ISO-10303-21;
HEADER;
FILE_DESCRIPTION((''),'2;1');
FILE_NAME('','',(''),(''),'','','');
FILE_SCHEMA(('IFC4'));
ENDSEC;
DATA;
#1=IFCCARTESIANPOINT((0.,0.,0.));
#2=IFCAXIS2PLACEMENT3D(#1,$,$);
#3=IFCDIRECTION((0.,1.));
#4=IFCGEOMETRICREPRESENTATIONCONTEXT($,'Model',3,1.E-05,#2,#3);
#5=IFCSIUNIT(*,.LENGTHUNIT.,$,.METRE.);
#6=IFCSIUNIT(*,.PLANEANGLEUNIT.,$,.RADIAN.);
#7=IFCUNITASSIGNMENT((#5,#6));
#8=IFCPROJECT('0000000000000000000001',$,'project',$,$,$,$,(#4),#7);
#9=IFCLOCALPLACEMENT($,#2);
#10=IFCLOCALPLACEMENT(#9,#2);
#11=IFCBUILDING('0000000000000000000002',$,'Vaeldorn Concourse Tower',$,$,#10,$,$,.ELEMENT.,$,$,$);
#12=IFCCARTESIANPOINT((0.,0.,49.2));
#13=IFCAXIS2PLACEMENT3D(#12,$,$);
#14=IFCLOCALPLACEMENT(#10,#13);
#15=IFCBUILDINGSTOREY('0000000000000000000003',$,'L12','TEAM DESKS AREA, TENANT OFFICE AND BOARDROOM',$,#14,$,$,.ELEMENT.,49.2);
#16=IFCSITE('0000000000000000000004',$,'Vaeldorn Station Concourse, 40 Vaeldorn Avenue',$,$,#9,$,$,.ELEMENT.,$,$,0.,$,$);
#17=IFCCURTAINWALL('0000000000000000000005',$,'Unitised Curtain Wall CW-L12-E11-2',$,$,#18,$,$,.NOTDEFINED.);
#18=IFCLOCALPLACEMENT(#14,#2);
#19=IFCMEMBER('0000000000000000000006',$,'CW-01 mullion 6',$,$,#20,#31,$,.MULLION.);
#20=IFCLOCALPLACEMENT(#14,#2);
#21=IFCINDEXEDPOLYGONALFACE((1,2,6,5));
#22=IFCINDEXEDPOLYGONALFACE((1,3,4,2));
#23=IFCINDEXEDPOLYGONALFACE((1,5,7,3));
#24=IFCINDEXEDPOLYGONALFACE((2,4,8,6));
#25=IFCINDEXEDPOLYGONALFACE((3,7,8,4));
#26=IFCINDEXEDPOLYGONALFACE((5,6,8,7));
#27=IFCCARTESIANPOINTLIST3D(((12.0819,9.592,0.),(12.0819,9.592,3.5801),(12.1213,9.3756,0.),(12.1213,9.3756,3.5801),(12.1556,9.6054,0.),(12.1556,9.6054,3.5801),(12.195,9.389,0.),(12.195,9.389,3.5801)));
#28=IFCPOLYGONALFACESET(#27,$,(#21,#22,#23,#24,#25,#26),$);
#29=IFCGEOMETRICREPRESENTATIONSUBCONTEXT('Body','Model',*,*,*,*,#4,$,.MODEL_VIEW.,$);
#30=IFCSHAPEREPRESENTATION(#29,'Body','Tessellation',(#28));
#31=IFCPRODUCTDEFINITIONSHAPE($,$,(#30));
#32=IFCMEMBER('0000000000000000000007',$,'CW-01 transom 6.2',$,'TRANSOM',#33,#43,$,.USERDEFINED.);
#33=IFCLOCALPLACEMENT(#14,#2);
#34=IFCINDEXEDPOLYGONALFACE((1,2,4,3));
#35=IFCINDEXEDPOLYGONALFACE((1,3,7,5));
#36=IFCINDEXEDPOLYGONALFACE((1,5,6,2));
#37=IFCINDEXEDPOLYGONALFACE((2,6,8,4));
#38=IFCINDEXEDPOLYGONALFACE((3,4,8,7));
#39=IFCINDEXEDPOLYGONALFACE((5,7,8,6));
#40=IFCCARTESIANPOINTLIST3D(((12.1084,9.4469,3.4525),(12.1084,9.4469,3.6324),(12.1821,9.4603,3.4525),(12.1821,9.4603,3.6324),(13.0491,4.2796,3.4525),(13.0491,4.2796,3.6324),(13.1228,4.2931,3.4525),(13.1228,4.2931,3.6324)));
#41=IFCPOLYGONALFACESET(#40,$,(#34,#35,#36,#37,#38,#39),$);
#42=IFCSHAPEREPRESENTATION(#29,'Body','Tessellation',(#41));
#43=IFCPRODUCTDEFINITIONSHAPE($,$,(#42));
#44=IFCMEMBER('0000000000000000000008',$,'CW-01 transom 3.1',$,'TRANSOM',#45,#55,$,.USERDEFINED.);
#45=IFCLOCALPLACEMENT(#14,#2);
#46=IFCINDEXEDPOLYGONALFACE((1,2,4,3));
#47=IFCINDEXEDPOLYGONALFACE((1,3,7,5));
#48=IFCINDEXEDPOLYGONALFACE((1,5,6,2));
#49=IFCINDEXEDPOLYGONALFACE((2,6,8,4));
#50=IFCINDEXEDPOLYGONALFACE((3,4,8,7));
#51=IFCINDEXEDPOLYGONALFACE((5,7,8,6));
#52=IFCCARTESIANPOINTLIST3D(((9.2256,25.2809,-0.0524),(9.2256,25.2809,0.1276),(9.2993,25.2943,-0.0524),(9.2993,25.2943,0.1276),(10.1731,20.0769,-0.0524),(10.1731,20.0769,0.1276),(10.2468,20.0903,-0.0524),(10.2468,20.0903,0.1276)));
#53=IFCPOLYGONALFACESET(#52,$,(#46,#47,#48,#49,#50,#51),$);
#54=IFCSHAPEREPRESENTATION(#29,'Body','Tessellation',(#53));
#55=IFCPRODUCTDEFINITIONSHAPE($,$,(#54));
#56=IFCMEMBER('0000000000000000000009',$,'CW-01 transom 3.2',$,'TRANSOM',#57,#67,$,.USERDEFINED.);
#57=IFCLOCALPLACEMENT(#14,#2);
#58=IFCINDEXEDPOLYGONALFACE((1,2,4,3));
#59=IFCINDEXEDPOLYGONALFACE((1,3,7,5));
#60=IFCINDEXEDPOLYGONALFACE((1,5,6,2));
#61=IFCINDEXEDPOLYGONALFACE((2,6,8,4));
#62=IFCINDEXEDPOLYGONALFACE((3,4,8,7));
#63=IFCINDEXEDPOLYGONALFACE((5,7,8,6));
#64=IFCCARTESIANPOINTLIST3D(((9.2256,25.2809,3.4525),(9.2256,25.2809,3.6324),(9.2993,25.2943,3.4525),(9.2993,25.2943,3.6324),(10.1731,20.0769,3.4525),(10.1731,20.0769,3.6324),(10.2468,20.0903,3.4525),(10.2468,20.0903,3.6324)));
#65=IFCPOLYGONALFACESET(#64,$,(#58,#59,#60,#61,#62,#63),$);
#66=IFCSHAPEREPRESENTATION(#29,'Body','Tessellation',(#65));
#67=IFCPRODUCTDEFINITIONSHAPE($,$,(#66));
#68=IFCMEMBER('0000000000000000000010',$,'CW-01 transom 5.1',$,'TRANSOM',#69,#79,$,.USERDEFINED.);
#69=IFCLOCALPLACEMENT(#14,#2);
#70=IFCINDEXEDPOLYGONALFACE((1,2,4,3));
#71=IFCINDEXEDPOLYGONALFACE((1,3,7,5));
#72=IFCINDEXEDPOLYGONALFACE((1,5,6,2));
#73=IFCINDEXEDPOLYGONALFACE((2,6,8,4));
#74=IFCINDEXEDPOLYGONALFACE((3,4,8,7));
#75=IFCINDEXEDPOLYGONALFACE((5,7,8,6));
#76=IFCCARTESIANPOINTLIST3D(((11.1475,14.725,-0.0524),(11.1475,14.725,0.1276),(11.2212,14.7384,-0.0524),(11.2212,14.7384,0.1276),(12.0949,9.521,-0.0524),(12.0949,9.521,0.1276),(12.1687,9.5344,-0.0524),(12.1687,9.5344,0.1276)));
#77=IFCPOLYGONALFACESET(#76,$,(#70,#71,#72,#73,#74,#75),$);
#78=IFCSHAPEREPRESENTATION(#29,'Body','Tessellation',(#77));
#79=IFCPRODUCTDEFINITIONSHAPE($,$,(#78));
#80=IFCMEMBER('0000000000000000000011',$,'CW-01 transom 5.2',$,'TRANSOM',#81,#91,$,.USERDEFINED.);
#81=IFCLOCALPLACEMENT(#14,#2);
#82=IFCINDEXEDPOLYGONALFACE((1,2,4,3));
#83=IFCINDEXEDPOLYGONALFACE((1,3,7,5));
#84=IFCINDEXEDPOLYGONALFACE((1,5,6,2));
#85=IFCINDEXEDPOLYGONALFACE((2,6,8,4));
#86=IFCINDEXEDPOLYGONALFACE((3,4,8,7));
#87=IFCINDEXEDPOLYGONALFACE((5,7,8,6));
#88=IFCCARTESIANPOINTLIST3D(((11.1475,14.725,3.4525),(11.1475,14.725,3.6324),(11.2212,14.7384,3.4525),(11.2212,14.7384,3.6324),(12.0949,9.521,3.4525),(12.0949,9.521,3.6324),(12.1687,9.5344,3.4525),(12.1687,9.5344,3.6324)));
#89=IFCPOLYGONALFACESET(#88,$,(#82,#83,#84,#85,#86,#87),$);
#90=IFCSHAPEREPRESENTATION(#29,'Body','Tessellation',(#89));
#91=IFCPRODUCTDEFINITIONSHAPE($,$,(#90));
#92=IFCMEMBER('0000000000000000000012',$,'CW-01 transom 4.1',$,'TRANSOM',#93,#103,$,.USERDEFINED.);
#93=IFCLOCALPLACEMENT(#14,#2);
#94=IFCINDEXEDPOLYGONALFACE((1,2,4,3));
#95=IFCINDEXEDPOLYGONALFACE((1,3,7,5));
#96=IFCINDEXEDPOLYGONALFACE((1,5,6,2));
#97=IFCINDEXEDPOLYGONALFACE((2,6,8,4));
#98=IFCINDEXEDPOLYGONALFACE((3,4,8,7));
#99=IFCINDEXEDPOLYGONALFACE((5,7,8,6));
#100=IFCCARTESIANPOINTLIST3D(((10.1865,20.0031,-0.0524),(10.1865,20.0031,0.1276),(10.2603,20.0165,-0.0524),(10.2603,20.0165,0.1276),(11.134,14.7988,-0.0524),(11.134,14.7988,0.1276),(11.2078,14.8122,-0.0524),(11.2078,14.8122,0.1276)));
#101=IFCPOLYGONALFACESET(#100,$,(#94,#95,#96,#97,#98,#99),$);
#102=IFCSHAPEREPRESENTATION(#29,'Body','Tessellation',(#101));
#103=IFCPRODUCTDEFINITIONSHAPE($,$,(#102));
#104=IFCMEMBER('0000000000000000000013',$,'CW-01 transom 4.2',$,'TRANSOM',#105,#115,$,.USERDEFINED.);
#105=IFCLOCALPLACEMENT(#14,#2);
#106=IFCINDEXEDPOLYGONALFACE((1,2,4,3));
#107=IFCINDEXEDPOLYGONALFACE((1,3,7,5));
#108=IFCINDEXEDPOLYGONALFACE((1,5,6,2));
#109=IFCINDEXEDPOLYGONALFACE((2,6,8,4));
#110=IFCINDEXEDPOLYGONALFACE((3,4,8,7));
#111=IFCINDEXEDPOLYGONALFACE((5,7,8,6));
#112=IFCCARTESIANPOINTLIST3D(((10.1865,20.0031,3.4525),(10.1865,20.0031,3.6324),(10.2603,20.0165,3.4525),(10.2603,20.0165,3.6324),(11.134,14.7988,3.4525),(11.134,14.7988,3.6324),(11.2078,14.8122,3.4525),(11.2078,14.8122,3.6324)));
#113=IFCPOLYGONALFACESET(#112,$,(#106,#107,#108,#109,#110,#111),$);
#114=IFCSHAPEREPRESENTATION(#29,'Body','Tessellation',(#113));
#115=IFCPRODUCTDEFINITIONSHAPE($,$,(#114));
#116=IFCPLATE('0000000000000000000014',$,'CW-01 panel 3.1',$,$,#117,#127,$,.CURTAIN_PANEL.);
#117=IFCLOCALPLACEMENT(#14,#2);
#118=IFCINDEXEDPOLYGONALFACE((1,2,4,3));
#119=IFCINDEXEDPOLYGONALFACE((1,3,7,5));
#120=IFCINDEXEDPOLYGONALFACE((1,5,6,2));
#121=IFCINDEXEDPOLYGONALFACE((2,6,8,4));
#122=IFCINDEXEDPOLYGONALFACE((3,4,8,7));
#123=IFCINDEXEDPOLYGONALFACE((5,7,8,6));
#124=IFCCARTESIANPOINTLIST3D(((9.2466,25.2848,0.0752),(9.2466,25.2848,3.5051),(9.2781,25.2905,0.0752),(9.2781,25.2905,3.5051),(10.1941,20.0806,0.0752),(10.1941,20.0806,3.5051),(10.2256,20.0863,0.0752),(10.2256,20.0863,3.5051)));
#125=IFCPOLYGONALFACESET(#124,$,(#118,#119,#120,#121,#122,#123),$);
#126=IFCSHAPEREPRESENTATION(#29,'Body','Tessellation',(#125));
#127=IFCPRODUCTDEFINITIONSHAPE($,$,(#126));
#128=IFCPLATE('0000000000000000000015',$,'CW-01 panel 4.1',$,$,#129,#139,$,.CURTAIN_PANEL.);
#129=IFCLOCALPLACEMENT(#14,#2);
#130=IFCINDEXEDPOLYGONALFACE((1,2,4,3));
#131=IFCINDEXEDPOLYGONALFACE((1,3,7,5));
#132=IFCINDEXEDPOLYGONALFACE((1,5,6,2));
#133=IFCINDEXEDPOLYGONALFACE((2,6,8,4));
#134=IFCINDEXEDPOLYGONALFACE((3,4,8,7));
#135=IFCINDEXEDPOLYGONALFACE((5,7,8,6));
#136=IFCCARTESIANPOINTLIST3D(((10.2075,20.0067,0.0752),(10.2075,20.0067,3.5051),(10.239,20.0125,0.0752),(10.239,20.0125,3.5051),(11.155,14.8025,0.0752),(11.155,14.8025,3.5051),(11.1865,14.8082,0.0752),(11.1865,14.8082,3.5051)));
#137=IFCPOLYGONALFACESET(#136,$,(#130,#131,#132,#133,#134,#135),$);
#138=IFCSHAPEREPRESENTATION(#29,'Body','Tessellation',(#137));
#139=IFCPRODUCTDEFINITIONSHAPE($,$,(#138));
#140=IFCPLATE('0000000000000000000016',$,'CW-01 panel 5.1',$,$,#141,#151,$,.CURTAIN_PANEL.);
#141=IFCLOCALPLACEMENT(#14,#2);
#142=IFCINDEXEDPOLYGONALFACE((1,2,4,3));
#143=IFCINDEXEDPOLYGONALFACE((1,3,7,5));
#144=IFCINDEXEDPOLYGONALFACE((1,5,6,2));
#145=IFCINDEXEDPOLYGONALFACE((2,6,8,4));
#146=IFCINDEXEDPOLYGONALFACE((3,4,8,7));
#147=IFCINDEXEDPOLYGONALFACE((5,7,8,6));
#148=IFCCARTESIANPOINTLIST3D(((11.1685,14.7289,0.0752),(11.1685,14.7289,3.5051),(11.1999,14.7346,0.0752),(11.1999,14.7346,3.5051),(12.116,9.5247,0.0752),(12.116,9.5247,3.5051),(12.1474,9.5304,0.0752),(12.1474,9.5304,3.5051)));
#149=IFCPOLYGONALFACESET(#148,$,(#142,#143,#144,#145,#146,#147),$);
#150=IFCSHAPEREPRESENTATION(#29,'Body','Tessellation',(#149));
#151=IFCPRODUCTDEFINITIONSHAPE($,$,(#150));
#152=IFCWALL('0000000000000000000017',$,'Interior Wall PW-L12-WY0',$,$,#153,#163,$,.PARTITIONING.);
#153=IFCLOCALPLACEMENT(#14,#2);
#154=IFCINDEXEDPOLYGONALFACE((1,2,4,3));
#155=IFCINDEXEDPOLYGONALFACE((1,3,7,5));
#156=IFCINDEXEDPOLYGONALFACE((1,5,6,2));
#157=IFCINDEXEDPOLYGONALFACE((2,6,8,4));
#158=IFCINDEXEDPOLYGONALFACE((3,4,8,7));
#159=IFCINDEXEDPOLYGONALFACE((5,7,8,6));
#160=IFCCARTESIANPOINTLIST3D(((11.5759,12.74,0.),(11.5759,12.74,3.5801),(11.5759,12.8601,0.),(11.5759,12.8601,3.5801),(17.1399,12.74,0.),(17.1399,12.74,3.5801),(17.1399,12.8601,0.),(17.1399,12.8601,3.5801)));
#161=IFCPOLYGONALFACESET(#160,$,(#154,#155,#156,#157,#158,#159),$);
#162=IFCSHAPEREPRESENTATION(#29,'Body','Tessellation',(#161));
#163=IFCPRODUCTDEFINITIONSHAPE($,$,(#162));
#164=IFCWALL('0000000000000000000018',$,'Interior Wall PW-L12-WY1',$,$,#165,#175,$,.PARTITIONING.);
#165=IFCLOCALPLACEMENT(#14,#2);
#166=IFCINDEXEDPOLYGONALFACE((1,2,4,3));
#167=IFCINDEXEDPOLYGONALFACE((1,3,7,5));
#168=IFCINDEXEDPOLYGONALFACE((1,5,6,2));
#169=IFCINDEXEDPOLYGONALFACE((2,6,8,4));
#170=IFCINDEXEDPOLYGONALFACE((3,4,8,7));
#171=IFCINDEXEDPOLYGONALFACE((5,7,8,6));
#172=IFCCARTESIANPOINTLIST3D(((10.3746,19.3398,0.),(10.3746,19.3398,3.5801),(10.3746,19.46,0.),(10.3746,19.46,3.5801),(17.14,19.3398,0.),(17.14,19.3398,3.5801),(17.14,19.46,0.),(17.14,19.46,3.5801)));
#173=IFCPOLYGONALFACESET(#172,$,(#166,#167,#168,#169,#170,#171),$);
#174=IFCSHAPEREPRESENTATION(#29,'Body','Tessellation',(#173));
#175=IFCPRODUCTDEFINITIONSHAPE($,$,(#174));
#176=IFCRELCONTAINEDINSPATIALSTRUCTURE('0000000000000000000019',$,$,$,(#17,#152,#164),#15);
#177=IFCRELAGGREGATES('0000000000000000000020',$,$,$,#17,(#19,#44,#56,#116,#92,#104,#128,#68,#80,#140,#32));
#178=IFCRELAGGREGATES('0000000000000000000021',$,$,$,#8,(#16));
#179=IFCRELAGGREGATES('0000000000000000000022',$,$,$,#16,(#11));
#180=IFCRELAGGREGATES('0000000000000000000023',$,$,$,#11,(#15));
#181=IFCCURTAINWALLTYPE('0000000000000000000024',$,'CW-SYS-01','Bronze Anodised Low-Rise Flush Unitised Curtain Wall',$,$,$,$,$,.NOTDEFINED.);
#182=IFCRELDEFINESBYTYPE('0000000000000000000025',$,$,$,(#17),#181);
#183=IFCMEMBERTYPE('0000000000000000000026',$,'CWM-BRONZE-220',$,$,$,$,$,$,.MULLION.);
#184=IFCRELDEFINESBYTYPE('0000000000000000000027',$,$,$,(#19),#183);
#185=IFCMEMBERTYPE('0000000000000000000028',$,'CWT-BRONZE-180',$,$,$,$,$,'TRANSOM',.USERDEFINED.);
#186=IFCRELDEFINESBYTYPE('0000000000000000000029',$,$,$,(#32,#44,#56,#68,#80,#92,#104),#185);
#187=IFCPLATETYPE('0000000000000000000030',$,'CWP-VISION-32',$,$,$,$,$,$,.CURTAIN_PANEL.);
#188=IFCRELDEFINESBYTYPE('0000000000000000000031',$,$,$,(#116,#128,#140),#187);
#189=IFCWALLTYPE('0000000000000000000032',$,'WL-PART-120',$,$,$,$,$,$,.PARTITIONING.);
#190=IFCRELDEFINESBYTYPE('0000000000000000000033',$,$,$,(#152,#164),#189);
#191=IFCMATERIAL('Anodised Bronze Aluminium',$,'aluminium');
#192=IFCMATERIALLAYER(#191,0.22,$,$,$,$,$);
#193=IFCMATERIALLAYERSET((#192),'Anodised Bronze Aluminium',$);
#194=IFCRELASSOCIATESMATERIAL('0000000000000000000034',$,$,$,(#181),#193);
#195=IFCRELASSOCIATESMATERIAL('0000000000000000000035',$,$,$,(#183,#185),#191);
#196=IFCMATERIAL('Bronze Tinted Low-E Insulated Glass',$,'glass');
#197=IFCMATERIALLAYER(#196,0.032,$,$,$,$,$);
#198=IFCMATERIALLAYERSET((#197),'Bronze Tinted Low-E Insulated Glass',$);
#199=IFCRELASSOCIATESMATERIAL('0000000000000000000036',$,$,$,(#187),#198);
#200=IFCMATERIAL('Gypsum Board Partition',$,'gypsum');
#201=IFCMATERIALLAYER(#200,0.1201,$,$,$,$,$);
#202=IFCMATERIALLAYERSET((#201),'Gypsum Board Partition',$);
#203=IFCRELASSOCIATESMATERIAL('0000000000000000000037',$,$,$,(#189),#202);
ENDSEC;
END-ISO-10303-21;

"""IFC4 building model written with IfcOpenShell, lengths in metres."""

from ifc_helpers import new_model, si_unit, direction, frame, frame_2d, origin, origin_2d, place, context, subcontext, project, spatial, rectangle, extrude, source, transform, mapped, material, layer, layer_set, material_profile, profile_set, type_object, element, aggregate, save


model = new_model("IFC4")

# Units and contexts
model_context = context("Model", 3, precision=1e-05, world=origin(), true_north=direction((0.0, 1.0)))
body_context = subcontext(model_context, "Body", "Model", "MODEL_VIEW")
ifc_project = project(units=[si_unit("LENGTHUNIT", "METRE"), si_unit("PLANEANGLEUNIT", "RADIAN")], contexts=[model_context])

# Site, building, storey
site_placement = place(None, origin())
site = spatial("IfcSite", under=ifc_project, at=site_placement, Name="Vaeldorn Station Concourse, 40 Vaeldorn Avenue", CompositionType="ELEMENT", RefElevation=0.0)
building_placement = place(site_placement, origin())
building = spatial("IfcBuilding", under=site, at=building_placement, Name="Vaeldorn Concourse Tower", CompositionType="ELEMENT")
storey_placement = place(building_placement, frame((0.0, 0.0, 49.2)))
storey = spatial("IfcBuildingStorey", under=building, at=storey_placement, Name="L12", Description="TEAM DESKS AREA, TENANT OFFICE AND BOARDROOM", CompositionType="ELEMENT", Elevation=49.2)

# Curtain wall, members, plates
ifc_material_1 = material(Name="Anodised Bronze Aluminium", Category="aluminium")
ifc_layer_1 = layer(ifc_material_1, 0.22)
ifc_layer_set_1 = layer_set([ifc_layer_1], Name="Anodised Bronze Aluminium")
curtain_wall_type = type_object("IfcCurtainWallType", Name="CW-SYS-01", Description="Bronze Anodised Low-Rise Flush Unitised Curtain Wall", PredefinedType="NOTDEFINED", material=ifc_layer_set_1)
curtain_wall_placement = place(storey_placement, origin())
curtain_wall = element("IfcCurtainWall", 1, at=curtain_wall_placement, inside=storey, type_object=curtain_wall_type, Name="Unitised Curtain Wall CW-L12-E11-2", PredefinedType="NOTDEFINED")
ifc_material_profile_1 = material_profile(ifc_material_1, rectangle(XDim=0.075, YDim=0.22, at=origin_2d()), Name="CWM 75x220")
ifc_profile_set_1 = profile_set([ifc_material_profile_1], Name="Anodised Bronze Aluminium")
member_type_1 = type_object("IfcMemberType", Name="CWM-BRONZE-220", PredefinedType="MULLION", material=ifc_profile_set_1)
shared_shape_1 = source(origin(), body_context, "Body", "SweptSolid", [
    extrude(rectangle(XDim=0.075, YDim=0.22, at=origin_2d()), origin(), (0.0, 0.0, 1.0), 3.5801),
])
member_1_placement = place(storey_placement, frame((12.1384, 9.4905, 0.0), z_axis=(0.0, 0.0, 1.0), x_axis=(0.983828, 0.179117, 0.0)))
member_1 = element("IfcMember", 2, at=member_1_placement, type_object=member_type_1, Name="CW-01 mullion 6", PredefinedType="MULLION", context=body_context, shape_type="MappedRepresentation", body=[
    mapped(shared_shape_1, transform((0.0, 0.0, 0.0), scale=1.0)),
])
ifc_material_profile_2 = material_profile(ifc_material_1, rectangle(XDim=0.075, YDim=0.1799, at=origin_2d()), Name="CWT 75x180")
ifc_profile_set_2 = profile_set([ifc_material_profile_2], Name="Anodised Bronze Aluminium")
member_type_2 = type_object("IfcMemberType", Name="CWT-BRONZE-180", ElementType="TRANSOM", PredefinedType="USERDEFINED", material=ifc_profile_set_2)
shared_shape_2 = source(origin(), body_context, "Body", "SweptSolid", [
    extrude(rectangle(XDim=0.075, YDim=0.1799, at=origin_2d()), origin(), (0.0, 0.0, 1.0), 5.2522),
])
member_2_placement = place(storey_placement, frame((12.1453, 9.4536, 3.5425), z_axis=(0.179102, -0.98383, 0.0), x_axis=(0.98383, 0.179102, 0.0)))
member_2 = element("IfcMember", 3, at=member_2_placement, type_object=member_type_2, Name="CW-01 transom 6.2", ObjectType="TRANSOM", PredefinedType="USERDEFINED", context=body_context, shape_type="MappedRepresentation", body=[
    mapped(shared_shape_2, transform((0.0, 0.0, 0.0), scale=1.0)),
])
shared_shape_3 = source(origin(), body_context, "Body", "SweptSolid", [
    extrude(rectangle(XDim=0.075, YDim=0.1799, at=origin_2d()), origin(), (0.0, 0.0, 1.0), 5.2896),
])
member_3_placement = place(storey_placement, frame((9.2625, 25.2876, 0.0376), z_axis=(0.179125, -0.983826, 0.0), x_axis=(0.983826, 0.179125, 0.0)))
member_3 = element("IfcMember", 4, at=member_3_placement, type_object=member_type_2, Name="CW-01 transom 3.1", ObjectType="TRANSOM", PredefinedType="USERDEFINED", context=body_context, shape_type="MappedRepresentation", body=[
    mapped(shared_shape_3, transform((0.0, 0.0, 0.0), scale=1.0)),
])
member_4_placement = place(storey_placement, frame((9.2625, 25.2876, 3.5425), z_axis=(0.179125, -0.983826, 0.0), x_axis=(0.983826, 0.179125, 0.0)))
member_4 = element("IfcMember", 5, at=member_4_placement, type_object=member_type_2, Name="CW-01 transom 3.2", ObjectType="TRANSOM", PredefinedType="USERDEFINED", context=body_context, shape_type="MappedRepresentation", body=[
    mapped(shared_shape_3, transform((0.0, 0.0, 0.0), scale=1.0)),
])
member_5_placement = place(storey_placement, frame((11.1843, 14.7317, 0.0376), z_axis=(0.179125, -0.983826, 0.0), x_axis=(0.983826, 0.179125, 0.0)))
member_5 = element("IfcMember", 6, at=member_5_placement, type_object=member_type_2, Name="CW-01 transom 5.1", ObjectType="TRANSOM", PredefinedType="USERDEFINED", context=body_context, shape_type="MappedRepresentation", body=[
    mapped(shared_shape_3, transform((0.0, 0.0, 0.0), scale=1.0)),
])
member_6_placement = place(storey_placement, frame((11.1843, 14.7317, 3.5425), z_axis=(0.179125, -0.983826, 0.0), x_axis=(0.983826, 0.179125, 0.0)))
member_6 = element("IfcMember", 7, at=member_6_placement, type_object=member_type_2, Name="CW-01 transom 5.2", ObjectType="TRANSOM", PredefinedType="USERDEFINED", context=body_context, shape_type="MappedRepresentation", body=[
    mapped(shared_shape_3, transform((0.0, 0.0, 0.0), scale=1.0)),
])
shared_shape_4 = source(origin(), body_context, "Body", "SweptSolid", [
    extrude(rectangle(XDim=0.075, YDim=0.1799, at=origin_2d()), origin(), (0.0, 0.0, 1.0), 5.2898),
])
member_7_placement = place(storey_placement, frame((10.2234, 20.0098, 0.0376), z_axis=(0.179117, -0.983828, 0.0), x_axis=(0.983828, 0.179117, 0.0)))
member_7 = element("IfcMember", 8, at=member_7_placement, type_object=member_type_2, Name="CW-01 transom 4.1", ObjectType="TRANSOM", PredefinedType="USERDEFINED", context=body_context, shape_type="MappedRepresentation", body=[
    mapped(shared_shape_4, transform((0.0, 0.0, 0.0), scale=1.0)),
])
member_8_placement = place(storey_placement, frame((10.2234, 20.0098, 3.5425), z_axis=(0.179117, -0.983828, 0.0), x_axis=(0.983828, 0.179117, 0.0)))
member_8 = element("IfcMember", 9, at=member_8_placement, type_object=member_type_2, Name="CW-01 transom 4.2", ObjectType="TRANSOM", PredefinedType="USERDEFINED", context=body_context, shape_type="MappedRepresentation", body=[
    mapped(shared_shape_4, transform((0.0, 0.0, 0.0), scale=1.0)),
])
ifc_material_2 = material(Name="Bronze Tinted Low-E Insulated Glass", Category="glass")
ifc_layer_2 = layer(ifc_material_2, 0.032)
ifc_layer_set_2 = layer_set([ifc_layer_2], Name="Bronze Tinted Low-E Insulated Glass")
plate_type = type_object("IfcPlateType", Name="CWP-VISION-32", PredefinedType="CURTAIN_PANEL", material=ifc_layer_set_2)
shared_shape_5 = source(origin(), body_context, "Body", "SweptSolid", [
    extrude(rectangle(XDim=5.2898, YDim=0.032, at=origin_2d()), origin(), (0.0, 0.0, 1.0), 3.4299),
])
plate_1_placement = place(storey_placement, frame((9.7361, 22.6855, 0.0752), z_axis=(0.0, 0.0, 1.0), x_axis=(0.179117, -0.983828, 0.0)))
plate_1 = element("IfcPlate", 10, at=plate_1_placement, type_object=plate_type, Name="CW-01 panel 3.1", PredefinedType="CURTAIN_PANEL", context=body_context, shape_type="MappedRepresentation", body=[
    mapped(shared_shape_5, transform((0.0, 0.0, 0.0), scale=1.0)),
])
plate_2_placement = place(storey_placement, frame((10.697, 17.4075, 0.0752), z_axis=(0.0, 0.0, 1.0), x_axis=(0.179117, -0.983828, 0.0)))
plate_2 = element("IfcPlate", 11, at=plate_2_placement, type_object=plate_type, Name="CW-01 panel 4.1", PredefinedType="CURTAIN_PANEL", context=body_context, shape_type="MappedRepresentation", body=[
    mapped(shared_shape_5, transform((0.0, 0.0, 0.0), scale=1.0)),
])
plate_3_placement = place(storey_placement, frame((11.658, 12.1296, 0.0752), z_axis=(0.0, 0.0, 1.0), x_axis=(0.179117, -0.983828, 0.0)))
plate_3 = element("IfcPlate", 12, at=plate_3_placement, type_object=plate_type, Name="CW-01 panel 5.1", PredefinedType="CURTAIN_PANEL", context=body_context, shape_type="MappedRepresentation", body=[
    mapped(shared_shape_5, transform((0.0, 0.0, 0.0), scale=1.0)),
])
aggregate(curtain_wall, [member_1, member_3, member_4, plate_1, member_7, member_8, plate_2, member_5, member_6, plate_3, member_2])

# Walls
ifc_material_3 = material(Name="Gypsum Board Partition", Category="gypsum")
ifc_layer_3 = layer(ifc_material_3, 0.1201)
ifc_layer_set_3 = layer_set([ifc_layer_3], Name="Gypsum Board Partition")
wall_type = type_object("IfcWallType", Name="WL-PART-120", PredefinedType="PARTITIONING", material=ifc_layer_set_3)
wall_1_placement = place(storey_placement, frame((11.5759, 12.8, 0.0), z_axis=(0.0, 0.0, 1.0), x_axis=(1.0, 0.0, 0.0)))
element("IfcWall", 13, at=wall_1_placement, inside=storey, type_object=wall_type, Name="Interior Wall PW-L12-WY0", PredefinedType="PARTITIONING", context=body_context, shape_type="SweptSolid", body=[
    extrude(rectangle(XDim=5.564, YDim=0.1201, at=frame_2d((2.782, 0.0))), origin(), (0.0, 0.0, 1.0), 3.5801),
])
wall_2_placement = place(storey_placement, frame((10.3745, 19.3999, 0.0), z_axis=(0.0, 0.0, 1.0), x_axis=(1.0, 0.0, 0.0)))
element("IfcWall", 14, at=wall_2_placement, inside=storey, type_object=wall_type, Name="Interior Wall PW-L12-WY1", PredefinedType="PARTITIONING", context=body_context, shape_type="SweptSolid", body=[
    extrude(rectangle(XDim=6.7654, YDim=0.1201, at=frame_2d((3.3828, 0.0))), origin(), (0.0, 0.0, 1.0), 3.5801),
])

save(model, "model.ifc")
